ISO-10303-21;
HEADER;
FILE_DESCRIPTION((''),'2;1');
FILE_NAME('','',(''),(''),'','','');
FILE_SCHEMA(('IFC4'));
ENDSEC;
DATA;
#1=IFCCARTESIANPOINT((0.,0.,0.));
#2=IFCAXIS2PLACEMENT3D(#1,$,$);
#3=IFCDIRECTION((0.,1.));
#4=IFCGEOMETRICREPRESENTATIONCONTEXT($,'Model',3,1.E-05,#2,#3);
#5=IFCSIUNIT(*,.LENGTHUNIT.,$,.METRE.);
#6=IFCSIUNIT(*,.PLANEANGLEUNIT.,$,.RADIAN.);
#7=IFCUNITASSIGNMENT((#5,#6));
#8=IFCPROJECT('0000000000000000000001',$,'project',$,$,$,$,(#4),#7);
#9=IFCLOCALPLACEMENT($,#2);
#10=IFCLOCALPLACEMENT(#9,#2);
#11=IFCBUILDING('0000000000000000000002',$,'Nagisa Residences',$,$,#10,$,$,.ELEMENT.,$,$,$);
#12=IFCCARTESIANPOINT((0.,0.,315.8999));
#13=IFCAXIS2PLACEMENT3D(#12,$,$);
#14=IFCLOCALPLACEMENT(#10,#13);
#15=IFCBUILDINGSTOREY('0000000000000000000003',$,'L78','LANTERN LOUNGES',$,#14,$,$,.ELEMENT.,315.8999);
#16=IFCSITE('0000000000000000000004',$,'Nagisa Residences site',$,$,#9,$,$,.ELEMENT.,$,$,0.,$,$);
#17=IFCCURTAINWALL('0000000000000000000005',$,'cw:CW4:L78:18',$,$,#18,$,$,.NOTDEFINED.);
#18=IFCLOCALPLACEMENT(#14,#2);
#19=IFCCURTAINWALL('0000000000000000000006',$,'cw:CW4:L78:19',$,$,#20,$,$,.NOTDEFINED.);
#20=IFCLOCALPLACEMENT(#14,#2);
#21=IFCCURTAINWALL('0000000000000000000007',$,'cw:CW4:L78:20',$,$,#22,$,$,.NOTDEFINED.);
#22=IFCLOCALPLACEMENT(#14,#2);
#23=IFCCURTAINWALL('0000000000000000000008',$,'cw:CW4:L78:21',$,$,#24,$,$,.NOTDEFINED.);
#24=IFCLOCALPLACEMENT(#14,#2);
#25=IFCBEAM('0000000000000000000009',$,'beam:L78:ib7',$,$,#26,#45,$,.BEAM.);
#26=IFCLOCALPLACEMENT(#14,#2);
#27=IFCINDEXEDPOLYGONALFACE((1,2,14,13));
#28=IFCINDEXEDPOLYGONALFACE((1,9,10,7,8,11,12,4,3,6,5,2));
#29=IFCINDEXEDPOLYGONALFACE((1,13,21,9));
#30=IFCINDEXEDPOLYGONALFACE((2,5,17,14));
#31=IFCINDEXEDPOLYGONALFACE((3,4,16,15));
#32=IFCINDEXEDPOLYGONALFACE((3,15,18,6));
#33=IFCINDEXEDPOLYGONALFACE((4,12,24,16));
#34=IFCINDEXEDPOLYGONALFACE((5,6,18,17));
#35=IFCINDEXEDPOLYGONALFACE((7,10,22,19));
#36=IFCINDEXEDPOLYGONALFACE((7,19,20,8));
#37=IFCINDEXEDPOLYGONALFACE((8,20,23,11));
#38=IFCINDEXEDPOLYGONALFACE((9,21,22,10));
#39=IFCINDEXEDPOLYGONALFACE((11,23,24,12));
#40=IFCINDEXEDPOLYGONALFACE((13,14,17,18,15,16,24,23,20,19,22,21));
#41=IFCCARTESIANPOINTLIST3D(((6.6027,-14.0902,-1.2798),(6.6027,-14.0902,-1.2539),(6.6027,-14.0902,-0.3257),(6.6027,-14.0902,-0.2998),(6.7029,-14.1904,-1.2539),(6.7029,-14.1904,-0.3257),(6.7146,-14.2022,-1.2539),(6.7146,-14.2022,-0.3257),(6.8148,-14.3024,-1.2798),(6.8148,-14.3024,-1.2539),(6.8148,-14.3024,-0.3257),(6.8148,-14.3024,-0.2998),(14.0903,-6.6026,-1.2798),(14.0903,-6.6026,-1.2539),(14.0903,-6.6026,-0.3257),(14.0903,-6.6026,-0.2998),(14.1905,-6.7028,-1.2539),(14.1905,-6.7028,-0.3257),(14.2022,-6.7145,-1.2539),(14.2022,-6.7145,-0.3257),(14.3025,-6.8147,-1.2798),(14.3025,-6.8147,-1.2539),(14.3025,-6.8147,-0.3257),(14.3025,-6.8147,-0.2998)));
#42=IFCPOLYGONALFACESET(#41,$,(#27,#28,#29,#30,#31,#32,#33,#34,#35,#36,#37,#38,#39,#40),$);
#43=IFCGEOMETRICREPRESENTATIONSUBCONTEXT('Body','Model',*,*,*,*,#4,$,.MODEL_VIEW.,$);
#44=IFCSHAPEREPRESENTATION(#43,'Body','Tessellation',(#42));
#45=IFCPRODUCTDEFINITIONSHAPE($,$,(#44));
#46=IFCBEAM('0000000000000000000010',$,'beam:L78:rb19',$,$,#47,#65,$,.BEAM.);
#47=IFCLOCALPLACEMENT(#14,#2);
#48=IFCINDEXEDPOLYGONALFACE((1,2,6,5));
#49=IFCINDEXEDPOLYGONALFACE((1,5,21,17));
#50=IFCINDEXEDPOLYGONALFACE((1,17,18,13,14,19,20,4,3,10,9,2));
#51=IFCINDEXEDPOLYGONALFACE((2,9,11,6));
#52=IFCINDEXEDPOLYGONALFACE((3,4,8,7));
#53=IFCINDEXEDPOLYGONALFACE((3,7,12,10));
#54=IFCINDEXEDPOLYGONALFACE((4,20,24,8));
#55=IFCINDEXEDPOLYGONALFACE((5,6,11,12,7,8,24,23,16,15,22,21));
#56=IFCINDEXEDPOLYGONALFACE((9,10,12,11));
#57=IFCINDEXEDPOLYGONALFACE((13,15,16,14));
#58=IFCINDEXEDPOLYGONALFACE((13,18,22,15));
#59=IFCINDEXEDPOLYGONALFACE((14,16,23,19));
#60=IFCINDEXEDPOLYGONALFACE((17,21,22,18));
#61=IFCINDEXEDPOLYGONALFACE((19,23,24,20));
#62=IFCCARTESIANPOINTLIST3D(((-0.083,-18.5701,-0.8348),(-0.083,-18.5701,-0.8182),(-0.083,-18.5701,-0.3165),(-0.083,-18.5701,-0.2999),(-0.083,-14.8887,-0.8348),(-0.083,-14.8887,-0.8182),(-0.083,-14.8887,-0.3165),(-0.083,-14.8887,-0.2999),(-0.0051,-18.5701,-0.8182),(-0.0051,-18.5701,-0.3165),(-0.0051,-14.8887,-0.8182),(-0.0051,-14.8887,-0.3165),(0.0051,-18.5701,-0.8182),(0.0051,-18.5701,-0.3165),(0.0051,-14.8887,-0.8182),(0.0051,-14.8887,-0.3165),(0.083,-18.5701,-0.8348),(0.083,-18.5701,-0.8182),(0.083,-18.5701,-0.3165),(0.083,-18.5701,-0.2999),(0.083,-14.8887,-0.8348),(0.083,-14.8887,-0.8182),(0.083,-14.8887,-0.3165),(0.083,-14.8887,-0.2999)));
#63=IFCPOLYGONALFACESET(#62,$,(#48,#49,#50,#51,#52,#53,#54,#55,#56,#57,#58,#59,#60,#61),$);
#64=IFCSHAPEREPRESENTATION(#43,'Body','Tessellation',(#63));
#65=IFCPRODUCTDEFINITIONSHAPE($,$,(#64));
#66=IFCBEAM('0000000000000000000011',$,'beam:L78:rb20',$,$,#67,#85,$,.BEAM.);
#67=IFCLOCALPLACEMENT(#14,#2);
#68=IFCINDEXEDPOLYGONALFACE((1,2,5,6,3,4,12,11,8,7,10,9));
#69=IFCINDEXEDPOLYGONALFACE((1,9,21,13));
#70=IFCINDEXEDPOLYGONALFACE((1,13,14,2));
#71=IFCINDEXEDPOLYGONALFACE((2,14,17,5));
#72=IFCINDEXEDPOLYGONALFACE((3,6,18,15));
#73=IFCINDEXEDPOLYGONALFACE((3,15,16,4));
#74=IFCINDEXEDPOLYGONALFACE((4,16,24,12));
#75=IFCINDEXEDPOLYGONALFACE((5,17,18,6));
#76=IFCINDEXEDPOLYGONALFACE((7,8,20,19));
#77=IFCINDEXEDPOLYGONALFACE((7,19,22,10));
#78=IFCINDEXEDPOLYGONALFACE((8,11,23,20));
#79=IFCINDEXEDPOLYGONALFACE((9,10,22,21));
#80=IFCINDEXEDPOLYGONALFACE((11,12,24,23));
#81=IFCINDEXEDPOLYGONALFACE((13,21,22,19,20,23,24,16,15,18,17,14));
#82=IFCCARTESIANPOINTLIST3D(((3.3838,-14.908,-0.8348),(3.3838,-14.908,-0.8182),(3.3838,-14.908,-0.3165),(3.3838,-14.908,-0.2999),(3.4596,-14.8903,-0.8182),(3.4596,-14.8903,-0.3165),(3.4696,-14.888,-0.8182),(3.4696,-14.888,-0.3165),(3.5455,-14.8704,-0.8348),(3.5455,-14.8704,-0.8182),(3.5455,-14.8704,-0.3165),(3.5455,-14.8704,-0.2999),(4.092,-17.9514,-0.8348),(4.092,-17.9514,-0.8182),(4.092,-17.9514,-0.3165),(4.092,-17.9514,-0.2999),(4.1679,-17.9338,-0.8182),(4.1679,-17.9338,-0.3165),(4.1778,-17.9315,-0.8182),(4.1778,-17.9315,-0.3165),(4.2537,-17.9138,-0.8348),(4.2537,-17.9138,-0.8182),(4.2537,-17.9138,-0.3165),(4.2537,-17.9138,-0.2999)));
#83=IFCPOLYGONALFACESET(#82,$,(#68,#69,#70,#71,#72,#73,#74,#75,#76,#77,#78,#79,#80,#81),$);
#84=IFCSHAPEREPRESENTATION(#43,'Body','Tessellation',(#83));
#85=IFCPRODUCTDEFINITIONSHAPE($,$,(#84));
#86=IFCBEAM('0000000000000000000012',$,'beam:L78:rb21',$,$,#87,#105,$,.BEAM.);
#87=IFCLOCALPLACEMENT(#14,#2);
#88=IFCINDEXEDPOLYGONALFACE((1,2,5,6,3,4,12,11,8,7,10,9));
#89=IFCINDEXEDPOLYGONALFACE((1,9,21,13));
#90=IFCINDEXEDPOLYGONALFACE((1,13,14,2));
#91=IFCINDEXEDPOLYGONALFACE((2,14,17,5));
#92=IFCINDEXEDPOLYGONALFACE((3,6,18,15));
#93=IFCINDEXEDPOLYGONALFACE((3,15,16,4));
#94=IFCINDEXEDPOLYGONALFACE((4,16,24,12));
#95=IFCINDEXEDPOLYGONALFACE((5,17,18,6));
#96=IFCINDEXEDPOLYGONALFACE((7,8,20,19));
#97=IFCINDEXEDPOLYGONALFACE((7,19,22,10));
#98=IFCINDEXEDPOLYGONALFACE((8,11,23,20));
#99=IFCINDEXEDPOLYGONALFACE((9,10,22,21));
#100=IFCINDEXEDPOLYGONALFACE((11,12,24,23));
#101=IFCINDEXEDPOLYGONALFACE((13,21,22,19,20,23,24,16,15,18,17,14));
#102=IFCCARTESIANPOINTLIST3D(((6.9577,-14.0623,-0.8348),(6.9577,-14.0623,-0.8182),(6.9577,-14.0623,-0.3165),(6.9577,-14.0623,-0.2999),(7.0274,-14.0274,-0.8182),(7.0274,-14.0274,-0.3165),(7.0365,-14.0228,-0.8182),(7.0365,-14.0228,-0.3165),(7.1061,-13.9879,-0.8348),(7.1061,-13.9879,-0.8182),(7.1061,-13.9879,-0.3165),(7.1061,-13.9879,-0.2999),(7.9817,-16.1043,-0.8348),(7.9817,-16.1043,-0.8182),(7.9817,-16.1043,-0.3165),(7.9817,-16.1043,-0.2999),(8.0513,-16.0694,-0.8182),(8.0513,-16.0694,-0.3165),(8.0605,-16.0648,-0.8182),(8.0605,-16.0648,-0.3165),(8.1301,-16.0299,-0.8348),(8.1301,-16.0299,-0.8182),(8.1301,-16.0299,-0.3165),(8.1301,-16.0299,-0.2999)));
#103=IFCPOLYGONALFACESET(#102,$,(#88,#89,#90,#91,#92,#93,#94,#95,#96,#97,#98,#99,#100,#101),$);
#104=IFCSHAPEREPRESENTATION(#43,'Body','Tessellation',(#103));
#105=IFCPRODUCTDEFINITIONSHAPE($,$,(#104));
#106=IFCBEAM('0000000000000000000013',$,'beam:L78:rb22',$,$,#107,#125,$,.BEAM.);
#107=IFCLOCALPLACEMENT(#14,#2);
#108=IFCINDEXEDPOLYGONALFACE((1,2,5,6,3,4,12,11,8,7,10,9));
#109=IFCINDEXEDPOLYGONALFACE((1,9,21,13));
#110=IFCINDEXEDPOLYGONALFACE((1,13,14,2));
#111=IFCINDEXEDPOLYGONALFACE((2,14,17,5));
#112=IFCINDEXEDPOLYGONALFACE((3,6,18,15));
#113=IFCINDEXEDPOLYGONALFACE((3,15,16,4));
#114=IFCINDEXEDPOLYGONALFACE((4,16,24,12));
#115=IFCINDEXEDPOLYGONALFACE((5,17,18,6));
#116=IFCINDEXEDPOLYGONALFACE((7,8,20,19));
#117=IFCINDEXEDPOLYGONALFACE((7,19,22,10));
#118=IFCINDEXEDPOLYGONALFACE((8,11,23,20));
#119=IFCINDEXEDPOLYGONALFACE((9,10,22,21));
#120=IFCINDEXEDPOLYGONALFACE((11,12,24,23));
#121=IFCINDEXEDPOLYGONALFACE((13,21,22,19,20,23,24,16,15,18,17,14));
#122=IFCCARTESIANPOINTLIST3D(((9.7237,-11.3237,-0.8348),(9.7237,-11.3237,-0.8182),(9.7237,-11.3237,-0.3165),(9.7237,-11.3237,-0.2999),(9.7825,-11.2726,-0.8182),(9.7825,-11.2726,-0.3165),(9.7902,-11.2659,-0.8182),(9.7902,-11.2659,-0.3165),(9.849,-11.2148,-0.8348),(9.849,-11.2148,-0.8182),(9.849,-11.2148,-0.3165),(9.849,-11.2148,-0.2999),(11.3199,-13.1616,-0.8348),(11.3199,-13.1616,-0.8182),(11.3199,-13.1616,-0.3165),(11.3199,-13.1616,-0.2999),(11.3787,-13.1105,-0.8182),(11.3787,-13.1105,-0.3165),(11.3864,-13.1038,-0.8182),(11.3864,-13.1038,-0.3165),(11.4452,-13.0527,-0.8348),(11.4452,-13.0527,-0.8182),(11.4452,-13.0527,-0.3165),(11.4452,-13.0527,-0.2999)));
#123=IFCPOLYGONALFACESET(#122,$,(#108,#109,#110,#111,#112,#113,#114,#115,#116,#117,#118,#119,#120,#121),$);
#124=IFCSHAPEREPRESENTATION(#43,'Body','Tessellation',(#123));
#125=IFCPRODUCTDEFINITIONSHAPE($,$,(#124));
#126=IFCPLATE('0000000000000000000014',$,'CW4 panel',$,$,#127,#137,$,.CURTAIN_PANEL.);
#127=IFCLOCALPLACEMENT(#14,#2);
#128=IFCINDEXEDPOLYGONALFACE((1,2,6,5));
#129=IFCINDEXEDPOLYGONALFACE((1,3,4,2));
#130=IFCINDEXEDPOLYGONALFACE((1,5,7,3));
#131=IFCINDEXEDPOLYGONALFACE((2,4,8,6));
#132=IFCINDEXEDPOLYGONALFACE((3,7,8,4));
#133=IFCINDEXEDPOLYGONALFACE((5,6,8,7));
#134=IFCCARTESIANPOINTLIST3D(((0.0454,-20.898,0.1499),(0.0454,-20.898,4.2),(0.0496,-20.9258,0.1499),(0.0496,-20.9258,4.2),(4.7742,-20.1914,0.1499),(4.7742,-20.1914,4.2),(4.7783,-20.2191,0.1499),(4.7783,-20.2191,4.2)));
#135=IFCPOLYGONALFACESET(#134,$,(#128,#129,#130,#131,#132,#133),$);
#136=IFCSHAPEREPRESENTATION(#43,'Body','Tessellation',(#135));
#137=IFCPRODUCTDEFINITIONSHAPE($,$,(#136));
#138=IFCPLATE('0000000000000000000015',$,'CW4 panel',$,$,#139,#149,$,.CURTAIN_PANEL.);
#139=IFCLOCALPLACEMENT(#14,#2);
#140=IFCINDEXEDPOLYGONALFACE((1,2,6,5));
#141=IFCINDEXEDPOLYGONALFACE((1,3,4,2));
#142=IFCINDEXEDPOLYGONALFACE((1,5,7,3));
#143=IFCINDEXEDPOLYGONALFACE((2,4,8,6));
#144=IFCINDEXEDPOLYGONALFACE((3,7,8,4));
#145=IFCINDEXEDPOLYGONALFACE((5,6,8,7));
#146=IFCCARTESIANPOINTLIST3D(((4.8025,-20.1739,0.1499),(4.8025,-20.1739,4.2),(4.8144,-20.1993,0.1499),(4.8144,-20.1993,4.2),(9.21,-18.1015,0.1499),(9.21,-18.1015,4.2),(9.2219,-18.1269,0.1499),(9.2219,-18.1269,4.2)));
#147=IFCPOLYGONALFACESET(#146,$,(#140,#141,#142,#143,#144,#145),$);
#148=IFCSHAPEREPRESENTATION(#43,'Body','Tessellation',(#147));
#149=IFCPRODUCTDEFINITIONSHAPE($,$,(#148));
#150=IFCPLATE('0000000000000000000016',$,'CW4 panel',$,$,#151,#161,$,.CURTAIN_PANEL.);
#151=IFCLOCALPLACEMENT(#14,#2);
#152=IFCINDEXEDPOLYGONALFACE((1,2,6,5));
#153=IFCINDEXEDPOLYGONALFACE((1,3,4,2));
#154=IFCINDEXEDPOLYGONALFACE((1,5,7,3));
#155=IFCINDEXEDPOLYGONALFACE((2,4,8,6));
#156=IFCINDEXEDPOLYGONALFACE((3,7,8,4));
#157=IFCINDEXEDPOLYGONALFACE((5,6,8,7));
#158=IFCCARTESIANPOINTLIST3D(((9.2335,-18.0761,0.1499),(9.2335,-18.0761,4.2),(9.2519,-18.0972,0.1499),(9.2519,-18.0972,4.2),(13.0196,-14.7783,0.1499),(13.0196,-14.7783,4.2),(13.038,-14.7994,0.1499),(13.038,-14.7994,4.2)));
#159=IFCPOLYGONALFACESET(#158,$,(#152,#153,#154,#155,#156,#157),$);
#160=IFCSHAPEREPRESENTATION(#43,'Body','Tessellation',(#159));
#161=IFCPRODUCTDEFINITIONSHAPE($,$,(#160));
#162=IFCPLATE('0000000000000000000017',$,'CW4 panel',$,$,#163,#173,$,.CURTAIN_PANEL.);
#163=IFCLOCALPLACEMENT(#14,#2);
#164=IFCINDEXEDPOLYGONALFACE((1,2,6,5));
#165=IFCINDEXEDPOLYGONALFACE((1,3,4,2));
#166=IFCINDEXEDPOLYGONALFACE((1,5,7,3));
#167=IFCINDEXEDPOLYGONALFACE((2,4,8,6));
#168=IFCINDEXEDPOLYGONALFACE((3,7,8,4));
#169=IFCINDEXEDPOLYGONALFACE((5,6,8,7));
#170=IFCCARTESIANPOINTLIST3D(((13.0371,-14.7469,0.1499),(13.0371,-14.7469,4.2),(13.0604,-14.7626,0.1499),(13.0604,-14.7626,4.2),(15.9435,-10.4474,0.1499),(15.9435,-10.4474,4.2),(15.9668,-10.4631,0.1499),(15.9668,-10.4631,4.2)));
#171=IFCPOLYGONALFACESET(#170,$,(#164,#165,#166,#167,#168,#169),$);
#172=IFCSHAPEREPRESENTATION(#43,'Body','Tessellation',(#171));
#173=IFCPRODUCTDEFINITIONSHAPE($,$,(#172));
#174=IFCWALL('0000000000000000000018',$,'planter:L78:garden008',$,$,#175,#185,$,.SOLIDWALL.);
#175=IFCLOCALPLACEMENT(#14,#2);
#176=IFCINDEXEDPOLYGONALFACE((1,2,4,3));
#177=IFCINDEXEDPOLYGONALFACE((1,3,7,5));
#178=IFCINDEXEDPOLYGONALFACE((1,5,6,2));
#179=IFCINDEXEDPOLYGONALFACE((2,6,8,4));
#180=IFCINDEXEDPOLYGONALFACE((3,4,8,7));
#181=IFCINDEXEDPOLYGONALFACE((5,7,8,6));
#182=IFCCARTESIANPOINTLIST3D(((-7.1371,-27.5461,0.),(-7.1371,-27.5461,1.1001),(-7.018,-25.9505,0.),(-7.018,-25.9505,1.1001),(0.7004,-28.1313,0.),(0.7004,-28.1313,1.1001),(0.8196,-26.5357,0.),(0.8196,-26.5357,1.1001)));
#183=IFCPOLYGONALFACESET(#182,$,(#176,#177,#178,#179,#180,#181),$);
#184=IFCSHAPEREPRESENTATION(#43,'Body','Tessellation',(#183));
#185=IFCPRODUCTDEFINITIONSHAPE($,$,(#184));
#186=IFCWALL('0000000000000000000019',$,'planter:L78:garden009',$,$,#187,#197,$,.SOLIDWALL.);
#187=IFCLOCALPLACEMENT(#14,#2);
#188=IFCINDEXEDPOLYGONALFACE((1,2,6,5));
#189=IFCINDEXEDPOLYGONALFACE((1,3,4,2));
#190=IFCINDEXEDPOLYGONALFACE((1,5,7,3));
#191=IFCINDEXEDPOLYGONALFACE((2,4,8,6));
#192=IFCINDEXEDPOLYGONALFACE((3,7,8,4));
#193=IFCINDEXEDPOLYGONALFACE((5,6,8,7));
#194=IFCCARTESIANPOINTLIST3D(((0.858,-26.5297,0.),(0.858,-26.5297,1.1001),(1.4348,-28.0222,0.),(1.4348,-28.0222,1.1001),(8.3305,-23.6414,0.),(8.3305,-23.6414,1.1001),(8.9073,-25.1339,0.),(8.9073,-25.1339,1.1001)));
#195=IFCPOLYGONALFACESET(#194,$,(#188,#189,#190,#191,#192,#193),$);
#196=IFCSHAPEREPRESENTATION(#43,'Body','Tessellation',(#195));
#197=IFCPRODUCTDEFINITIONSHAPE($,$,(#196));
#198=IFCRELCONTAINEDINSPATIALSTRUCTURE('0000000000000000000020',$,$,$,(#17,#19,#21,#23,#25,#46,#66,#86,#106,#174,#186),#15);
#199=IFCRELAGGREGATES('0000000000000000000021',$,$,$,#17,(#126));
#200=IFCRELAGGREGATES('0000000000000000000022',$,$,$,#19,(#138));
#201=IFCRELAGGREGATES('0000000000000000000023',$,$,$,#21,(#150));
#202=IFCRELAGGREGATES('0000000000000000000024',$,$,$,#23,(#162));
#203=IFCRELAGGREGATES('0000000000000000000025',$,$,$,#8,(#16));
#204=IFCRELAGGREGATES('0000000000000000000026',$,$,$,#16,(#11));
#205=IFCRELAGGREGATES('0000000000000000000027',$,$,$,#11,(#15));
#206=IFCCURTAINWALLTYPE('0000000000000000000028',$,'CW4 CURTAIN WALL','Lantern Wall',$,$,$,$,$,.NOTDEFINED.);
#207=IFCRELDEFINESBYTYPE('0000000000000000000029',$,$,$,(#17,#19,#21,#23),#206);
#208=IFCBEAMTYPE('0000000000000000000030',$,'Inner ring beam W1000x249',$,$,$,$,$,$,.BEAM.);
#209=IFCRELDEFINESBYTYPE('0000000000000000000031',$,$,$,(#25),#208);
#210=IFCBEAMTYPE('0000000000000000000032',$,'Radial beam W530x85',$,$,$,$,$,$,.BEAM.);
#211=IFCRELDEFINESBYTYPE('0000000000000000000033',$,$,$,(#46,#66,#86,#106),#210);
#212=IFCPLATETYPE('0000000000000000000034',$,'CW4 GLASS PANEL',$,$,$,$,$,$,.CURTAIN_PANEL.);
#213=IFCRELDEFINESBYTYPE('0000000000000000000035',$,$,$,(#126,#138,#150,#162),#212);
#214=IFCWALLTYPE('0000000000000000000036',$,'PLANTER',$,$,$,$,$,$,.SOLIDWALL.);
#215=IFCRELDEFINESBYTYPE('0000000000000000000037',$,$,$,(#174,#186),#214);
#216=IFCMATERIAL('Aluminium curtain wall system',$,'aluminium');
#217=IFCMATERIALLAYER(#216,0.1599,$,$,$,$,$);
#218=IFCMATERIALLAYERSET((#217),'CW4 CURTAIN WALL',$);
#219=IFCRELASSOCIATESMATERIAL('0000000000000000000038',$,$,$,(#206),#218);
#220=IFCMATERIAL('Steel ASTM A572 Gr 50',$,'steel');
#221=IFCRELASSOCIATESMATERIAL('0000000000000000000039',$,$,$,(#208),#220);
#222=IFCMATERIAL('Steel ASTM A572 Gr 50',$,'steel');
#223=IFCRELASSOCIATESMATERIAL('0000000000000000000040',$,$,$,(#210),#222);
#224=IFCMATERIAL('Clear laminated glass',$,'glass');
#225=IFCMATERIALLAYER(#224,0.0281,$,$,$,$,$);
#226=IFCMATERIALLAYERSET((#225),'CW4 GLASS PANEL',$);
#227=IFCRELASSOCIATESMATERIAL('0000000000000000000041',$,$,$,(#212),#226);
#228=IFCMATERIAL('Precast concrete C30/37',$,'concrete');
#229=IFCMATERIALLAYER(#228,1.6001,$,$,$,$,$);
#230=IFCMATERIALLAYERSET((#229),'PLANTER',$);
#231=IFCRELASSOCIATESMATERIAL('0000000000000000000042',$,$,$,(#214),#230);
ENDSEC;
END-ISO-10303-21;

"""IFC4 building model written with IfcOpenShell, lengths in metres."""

from ifc_helpers import new_model, si_unit, direction, frame, frame_2d, origin, origin_2d, place, context, subcontext, project, spatial, rectangle, i_section, extrude, material, layer, layer_set, material_profile, profile_set, type_object, element, aggregate, save


model = new_model("IFC4")

# Units and contexts
model_context = context("Model", 3, precision=1e-05, world=origin(), true_north=direction((0.0, 1.0)))
body_context = subcontext(model_context, "Body", "Model", "MODEL_VIEW")
ifc_project = project(units=[si_unit("LENGTHUNIT", "METRE"), si_unit("PLANEANGLEUNIT", "RADIAN")], contexts=[model_context])

# Site, building, storey
site_placement = place(None, origin())
site = spatial("IfcSite", under=ifc_project, at=site_placement, Name="Nagisa Residences site", CompositionType="ELEMENT", RefElevation=0.0)
building_placement = place(site_placement, origin())
building = spatial("IfcBuilding", under=site, at=building_placement, Name="Nagisa Residences", CompositionType="ELEMENT")
storey_placement = place(building_placement, frame((0.0, 0.0, 315.8999)))
storey = spatial("IfcBuildingStorey", under=building, at=storey_placement, Name="L78", Description="LANTERN LOUNGES", CompositionType="ELEMENT", Elevation=315.8999)

# Curtain walls
ifc_material_1 = material(Name="Aluminium curtain wall system", Category="aluminium")
ifc_layer_1 = layer(ifc_material_1, 0.1599)
ifc_layer_set_1 = layer_set([ifc_layer_1], Name="CW4 CURTAIN WALL")
curtain_wall_type = type_object("IfcCurtainWallType", Name="CW4 CURTAIN WALL", Description="Lantern Wall", PredefinedType="NOTDEFINED", material=ifc_layer_set_1)
curtain_wall_1_placement = place(storey_placement, origin())
curtain_wall_1 = element("IfcCurtainWall", 1, at=curtain_wall_1_placement, inside=storey, type_object=curtain_wall_type, Name="cw:CW4:L78:18", PredefinedType="NOTDEFINED")
curtain_wall_2_placement = place(storey_placement, origin())
curtain_wall_2 = element("IfcCurtainWall", 2, at=curtain_wall_2_placement, inside=storey, type_object=curtain_wall_type, Name="cw:CW4:L78:19", PredefinedType="NOTDEFINED")
curtain_wall_3_placement = place(storey_placement, origin())
curtain_wall_3 = element("IfcCurtainWall", 3, at=curtain_wall_3_placement, inside=storey, type_object=curtain_wall_type, Name="cw:CW4:L78:20", PredefinedType="NOTDEFINED")
curtain_wall_4_placement = place(storey_placement, origin())
curtain_wall_4 = element("IfcCurtainWall", 4, at=curtain_wall_4_placement, inside=storey, type_object=curtain_wall_type, Name="cw:CW4:L78:21", PredefinedType="NOTDEFINED")

# Beams
ifc_material_2 = material(Name="Steel ASTM A572 Gr 50", Category="steel")
ifc_material_profile_1 = material_profile(ifc_material_2, i_section(OverallWidth=0.3, OverallDepth=0.98, WebThickness=0.0166, FlangeThickness=0.0259, at=origin_2d()), Name="W1000x249")
ifc_profile_set_1 = profile_set([ifc_material_profile_1], Name="Steel ASTM A572 Gr 50")
beam_type_1 = type_object("IfcBeamType", Name="Inner ring beam W1000x249", PredefinedType="BEAM", material=ifc_profile_set_1)
beam_1_placement = place(storey_placement, frame((6.7087, -14.1963, -0.7898), z_axis=(0.707107, 0.707107, 0.0), x_axis=(-0.707107, 0.707107, 0.0)))
element("IfcBeam", 5, at=beam_1_placement, inside=storey, type_object=beam_type_1, Name="beam:L78:ib7", PredefinedType="BEAM", context=body_context, shape_type="SweptSolid", body=[
    extrude(i_section(OverallWidth=0.3, OverallDepth=0.98, WebThickness=0.0166, FlangeThickness=0.0259, at=origin_2d()), origin(), (0.0, 0.0, 1.0), 10.5891),
])
ifc_material_3 = material(Name="Steel ASTM A572 Gr 50", Category="steel")
ifc_material_profile_2 = material_profile(ifc_material_3, i_section(OverallWidth=0.166, OverallDepth=0.5349, WebThickness=0.0103, FlangeThickness=0.0166, at=origin_2d()), Name="W530x85")
ifc_profile_set_2 = profile_set([ifc_material_profile_2], Name="Steel ASTM A572 Gr 50")
beam_type_2 = type_object("IfcBeamType", Name="Radial beam W530x85", PredefinedType="BEAM", material=ifc_profile_set_2)
beam_2_placement = place(storey_placement, frame((0.0, -18.5701, -0.5674), z_axis=(0.0, 1.0, 0.0), x_axis=(-1.0, 0.0, 0.0)))
element("IfcBeam", 6, at=beam_2_placement, inside=storey, type_object=beam_type_2, Name="beam:L78:rb19", PredefinedType="BEAM", context=body_context, shape_type="SweptSolid", body=[
    extrude(i_section(OverallWidth=0.166, OverallDepth=0.5349, WebThickness=0.0103, FlangeThickness=0.0166, at=origin_2d()), origin(), (0.0, 0.0, 1.0), 3.6814),
])
beam_3_placement = place(storey_placement, frame((4.1729, -17.9326, -0.5674), z_axis=(-0.226657, 0.973975, 0.0), x_axis=(-0.973975, -0.226657, 0.0)))
element("IfcBeam", 7, at=beam_3_placement, inside=storey, type_object=beam_type_2, Name="beam:L78:rb20", PredefinedType="BEAM", context=body_context, shape_type="SweptSolid", body=[
    extrude(i_section(OverallWidth=0.166, OverallDepth=0.5349, WebThickness=0.0103, FlangeThickness=0.0166, at=origin_2d()), origin(), (0.0, 0.0, 1.0), 3.1248),
])
beam_4_placement = place(storey_placement, frame((8.0559, -16.0671, -0.5674), z_axis=(-0.448239, 0.893914, 0.0), x_axis=(-0.893914, -0.448239, 0.0)))
element("IfcBeam", 8, at=beam_4_placement, inside=storey, type_object=beam_type_2, Name="beam:L78:rb21", PredefinedType="BEAM", context=body_context, shape_type="SweptSolid", body=[
    extrude(i_section(OverallWidth=0.166, OverallDepth=0.5349, WebThickness=0.0103, FlangeThickness=0.0166, at=origin_2d()), origin(), (0.0, 0.0, 1.0), 2.2844),
])
beam_5_placement = place(storey_placement, frame((11.3826, -13.1072, -0.5674), z_axis=(-0.655717, 0.755007, 0.0), x_axis=(-0.755007, -0.655717, 0.0)))
element("IfcBeam", 9, at=beam_5_placement, inside=storey, type_object=beam_type_2, Name="beam:L78:rb22", PredefinedType="BEAM", context=body_context, shape_type="SweptSolid", body=[
    extrude(i_section(OverallWidth=0.166, OverallDepth=0.5349, WebThickness=0.0103, FlangeThickness=0.0166, at=origin_2d()), origin(), (0.0, 0.0, 1.0), 2.4343),
])

# Plates
ifc_material_4 = material(Name="Clear laminated glass", Category="glass")
ifc_layer_2 = layer(ifc_material_4, 0.0281)
ifc_layer_set_2 = layer_set([ifc_layer_2], Name="CW4 GLASS PANEL")
plate_type = type_object("IfcPlateType", Name="CW4 GLASS PANEL", PredefinedType="CURTAIN_PANEL", material=ifc_layer_set_2)
plate_1_placement = place(storey_placement, frame((2.4119, -20.5586, 0.1499), z_axis=(0.0, 0.0, 1.0), x_axis=(0.989017, 0.147802, 0.0)))
plate_1 = element("IfcPlate", 10, at=plate_1_placement, type_object=plate_type, Name="CW4 panel", PredefinedType="CURTAIN_PANEL", context=body_context, shape_type="SweptSolid", body=[
    extrude(rectangle(XDim=4.7812, YDim=0.0281, at=origin_2d()), origin(), (0.0, 0.0, 1.0), 4.05),
])
aggregate(curtain_wall_1, [plate_1])
plate_2_placement = place(storey_placement, frame((7.0122, -19.1504, 0.1499), z_axis=(0.0, 0.0, 1.0), x_axis=(0.904958, 0.425501, 0.0)))
plate_2 = element("IfcPlate", 11, at=plate_2_placement, type_object=plate_type, Name="CW4 panel", PredefinedType="CURTAIN_PANEL", context=body_context, shape_type="SweptSolid", body=[
    extrude(rectangle(XDim=4.8704, YDim=0.0281, at=origin_2d()), origin(), (0.0, 0.0, 1.0), 4.05),
])
aggregate(curtain_wall_2, [plate_2])
plate_3_placement = place(storey_placement, frame((11.1357, -16.4377, 0.1499), z_axis=(0.0, 0.0, 1.0), x_axis=(0.754062, 0.656803, 0.0)))
plate_3 = element("IfcPlate", 12, at=plate_3_placement, type_object=plate_type, Name="CW4 panel", PredefinedType="CURTAIN_PANEL", context=body_context, shape_type="SweptSolid", body=[
    extrude(rectangle(XDim=5.021, YDim=0.0281, at=origin_2d()), origin(), (0.0, 0.0, 1.0), 4.05),
])
aggregate(curtain_wall_3, [plate_3])
plate_4_placement = place(storey_placement, frame((14.502, -12.605, 0.1499), z_axis=(0.0, 0.0, 1.0), x_axis=(0.56003, 0.828473, 0.0)))
plate_4 = element("IfcPlate", 13, at=plate_4_placement, type_object=plate_type, Name="CW4 panel", PredefinedType="CURTAIN_PANEL", context=body_context, shape_type="SweptSolid", body=[
    extrude(rectangle(XDim=5.1897, YDim=0.0281, at=origin_2d()), origin(), (0.0, 0.0, 1.0), 4.05),
])
aggregate(curtain_wall_4, [plate_4])

# Walls
ifc_material_5 = material(Name="Precast concrete C30/37", Category="concrete")
ifc_layer_3 = layer(ifc_material_5, 1.6001)
ifc_layer_set_3 = layer_set([ifc_layer_3], Name="PLANTER")
wall_type_1 = type_object("IfcWallType", Name="PLANTER", PredefinedType="SOLIDWALL", material=ifc_layer_set_3)
wall_1_placement = place(storey_placement, frame((0.76, -27.3335, 0.0), z_axis=(0.0, 0.0, 1.0), x_axis=(-0.997224, 0.074459, 0.0)))
element("IfcWall", 14, at=wall_1_placement, inside=storey, type_object=wall_type_1, Name="planter:L78:garden008", PredefinedType="SOLIDWALL", context=body_context, shape_type="SweptSolid", body=[
    extrude(rectangle(XDim=7.8594, YDim=1.6001, at=frame_2d((3.9297, 0.0))), origin(), (0.0, 0.0, 1.0), 1.1001),
])
wall_2_placement = place(storey_placement, frame((8.6189, -24.3877, 0.0), z_axis=(0.0, 0.0, 1.0), x_axis=(-0.932751, -0.36052, 0.0)))
element("IfcWall", 15, at=wall_2_placement, inside=storey, type_object=wall_type_1, Name="planter:L78:garden009", PredefinedType="SOLIDWALL", context=body_context, shape_type="SweptSolid", body=[
    extrude(rectangle(XDim=8.0112, YDim=1.6001, at=frame_2d((4.0056, 0.0))), origin(), (0.0, 0.0, 1.0), 1.1001),
])

save(model, "model.ifc")
